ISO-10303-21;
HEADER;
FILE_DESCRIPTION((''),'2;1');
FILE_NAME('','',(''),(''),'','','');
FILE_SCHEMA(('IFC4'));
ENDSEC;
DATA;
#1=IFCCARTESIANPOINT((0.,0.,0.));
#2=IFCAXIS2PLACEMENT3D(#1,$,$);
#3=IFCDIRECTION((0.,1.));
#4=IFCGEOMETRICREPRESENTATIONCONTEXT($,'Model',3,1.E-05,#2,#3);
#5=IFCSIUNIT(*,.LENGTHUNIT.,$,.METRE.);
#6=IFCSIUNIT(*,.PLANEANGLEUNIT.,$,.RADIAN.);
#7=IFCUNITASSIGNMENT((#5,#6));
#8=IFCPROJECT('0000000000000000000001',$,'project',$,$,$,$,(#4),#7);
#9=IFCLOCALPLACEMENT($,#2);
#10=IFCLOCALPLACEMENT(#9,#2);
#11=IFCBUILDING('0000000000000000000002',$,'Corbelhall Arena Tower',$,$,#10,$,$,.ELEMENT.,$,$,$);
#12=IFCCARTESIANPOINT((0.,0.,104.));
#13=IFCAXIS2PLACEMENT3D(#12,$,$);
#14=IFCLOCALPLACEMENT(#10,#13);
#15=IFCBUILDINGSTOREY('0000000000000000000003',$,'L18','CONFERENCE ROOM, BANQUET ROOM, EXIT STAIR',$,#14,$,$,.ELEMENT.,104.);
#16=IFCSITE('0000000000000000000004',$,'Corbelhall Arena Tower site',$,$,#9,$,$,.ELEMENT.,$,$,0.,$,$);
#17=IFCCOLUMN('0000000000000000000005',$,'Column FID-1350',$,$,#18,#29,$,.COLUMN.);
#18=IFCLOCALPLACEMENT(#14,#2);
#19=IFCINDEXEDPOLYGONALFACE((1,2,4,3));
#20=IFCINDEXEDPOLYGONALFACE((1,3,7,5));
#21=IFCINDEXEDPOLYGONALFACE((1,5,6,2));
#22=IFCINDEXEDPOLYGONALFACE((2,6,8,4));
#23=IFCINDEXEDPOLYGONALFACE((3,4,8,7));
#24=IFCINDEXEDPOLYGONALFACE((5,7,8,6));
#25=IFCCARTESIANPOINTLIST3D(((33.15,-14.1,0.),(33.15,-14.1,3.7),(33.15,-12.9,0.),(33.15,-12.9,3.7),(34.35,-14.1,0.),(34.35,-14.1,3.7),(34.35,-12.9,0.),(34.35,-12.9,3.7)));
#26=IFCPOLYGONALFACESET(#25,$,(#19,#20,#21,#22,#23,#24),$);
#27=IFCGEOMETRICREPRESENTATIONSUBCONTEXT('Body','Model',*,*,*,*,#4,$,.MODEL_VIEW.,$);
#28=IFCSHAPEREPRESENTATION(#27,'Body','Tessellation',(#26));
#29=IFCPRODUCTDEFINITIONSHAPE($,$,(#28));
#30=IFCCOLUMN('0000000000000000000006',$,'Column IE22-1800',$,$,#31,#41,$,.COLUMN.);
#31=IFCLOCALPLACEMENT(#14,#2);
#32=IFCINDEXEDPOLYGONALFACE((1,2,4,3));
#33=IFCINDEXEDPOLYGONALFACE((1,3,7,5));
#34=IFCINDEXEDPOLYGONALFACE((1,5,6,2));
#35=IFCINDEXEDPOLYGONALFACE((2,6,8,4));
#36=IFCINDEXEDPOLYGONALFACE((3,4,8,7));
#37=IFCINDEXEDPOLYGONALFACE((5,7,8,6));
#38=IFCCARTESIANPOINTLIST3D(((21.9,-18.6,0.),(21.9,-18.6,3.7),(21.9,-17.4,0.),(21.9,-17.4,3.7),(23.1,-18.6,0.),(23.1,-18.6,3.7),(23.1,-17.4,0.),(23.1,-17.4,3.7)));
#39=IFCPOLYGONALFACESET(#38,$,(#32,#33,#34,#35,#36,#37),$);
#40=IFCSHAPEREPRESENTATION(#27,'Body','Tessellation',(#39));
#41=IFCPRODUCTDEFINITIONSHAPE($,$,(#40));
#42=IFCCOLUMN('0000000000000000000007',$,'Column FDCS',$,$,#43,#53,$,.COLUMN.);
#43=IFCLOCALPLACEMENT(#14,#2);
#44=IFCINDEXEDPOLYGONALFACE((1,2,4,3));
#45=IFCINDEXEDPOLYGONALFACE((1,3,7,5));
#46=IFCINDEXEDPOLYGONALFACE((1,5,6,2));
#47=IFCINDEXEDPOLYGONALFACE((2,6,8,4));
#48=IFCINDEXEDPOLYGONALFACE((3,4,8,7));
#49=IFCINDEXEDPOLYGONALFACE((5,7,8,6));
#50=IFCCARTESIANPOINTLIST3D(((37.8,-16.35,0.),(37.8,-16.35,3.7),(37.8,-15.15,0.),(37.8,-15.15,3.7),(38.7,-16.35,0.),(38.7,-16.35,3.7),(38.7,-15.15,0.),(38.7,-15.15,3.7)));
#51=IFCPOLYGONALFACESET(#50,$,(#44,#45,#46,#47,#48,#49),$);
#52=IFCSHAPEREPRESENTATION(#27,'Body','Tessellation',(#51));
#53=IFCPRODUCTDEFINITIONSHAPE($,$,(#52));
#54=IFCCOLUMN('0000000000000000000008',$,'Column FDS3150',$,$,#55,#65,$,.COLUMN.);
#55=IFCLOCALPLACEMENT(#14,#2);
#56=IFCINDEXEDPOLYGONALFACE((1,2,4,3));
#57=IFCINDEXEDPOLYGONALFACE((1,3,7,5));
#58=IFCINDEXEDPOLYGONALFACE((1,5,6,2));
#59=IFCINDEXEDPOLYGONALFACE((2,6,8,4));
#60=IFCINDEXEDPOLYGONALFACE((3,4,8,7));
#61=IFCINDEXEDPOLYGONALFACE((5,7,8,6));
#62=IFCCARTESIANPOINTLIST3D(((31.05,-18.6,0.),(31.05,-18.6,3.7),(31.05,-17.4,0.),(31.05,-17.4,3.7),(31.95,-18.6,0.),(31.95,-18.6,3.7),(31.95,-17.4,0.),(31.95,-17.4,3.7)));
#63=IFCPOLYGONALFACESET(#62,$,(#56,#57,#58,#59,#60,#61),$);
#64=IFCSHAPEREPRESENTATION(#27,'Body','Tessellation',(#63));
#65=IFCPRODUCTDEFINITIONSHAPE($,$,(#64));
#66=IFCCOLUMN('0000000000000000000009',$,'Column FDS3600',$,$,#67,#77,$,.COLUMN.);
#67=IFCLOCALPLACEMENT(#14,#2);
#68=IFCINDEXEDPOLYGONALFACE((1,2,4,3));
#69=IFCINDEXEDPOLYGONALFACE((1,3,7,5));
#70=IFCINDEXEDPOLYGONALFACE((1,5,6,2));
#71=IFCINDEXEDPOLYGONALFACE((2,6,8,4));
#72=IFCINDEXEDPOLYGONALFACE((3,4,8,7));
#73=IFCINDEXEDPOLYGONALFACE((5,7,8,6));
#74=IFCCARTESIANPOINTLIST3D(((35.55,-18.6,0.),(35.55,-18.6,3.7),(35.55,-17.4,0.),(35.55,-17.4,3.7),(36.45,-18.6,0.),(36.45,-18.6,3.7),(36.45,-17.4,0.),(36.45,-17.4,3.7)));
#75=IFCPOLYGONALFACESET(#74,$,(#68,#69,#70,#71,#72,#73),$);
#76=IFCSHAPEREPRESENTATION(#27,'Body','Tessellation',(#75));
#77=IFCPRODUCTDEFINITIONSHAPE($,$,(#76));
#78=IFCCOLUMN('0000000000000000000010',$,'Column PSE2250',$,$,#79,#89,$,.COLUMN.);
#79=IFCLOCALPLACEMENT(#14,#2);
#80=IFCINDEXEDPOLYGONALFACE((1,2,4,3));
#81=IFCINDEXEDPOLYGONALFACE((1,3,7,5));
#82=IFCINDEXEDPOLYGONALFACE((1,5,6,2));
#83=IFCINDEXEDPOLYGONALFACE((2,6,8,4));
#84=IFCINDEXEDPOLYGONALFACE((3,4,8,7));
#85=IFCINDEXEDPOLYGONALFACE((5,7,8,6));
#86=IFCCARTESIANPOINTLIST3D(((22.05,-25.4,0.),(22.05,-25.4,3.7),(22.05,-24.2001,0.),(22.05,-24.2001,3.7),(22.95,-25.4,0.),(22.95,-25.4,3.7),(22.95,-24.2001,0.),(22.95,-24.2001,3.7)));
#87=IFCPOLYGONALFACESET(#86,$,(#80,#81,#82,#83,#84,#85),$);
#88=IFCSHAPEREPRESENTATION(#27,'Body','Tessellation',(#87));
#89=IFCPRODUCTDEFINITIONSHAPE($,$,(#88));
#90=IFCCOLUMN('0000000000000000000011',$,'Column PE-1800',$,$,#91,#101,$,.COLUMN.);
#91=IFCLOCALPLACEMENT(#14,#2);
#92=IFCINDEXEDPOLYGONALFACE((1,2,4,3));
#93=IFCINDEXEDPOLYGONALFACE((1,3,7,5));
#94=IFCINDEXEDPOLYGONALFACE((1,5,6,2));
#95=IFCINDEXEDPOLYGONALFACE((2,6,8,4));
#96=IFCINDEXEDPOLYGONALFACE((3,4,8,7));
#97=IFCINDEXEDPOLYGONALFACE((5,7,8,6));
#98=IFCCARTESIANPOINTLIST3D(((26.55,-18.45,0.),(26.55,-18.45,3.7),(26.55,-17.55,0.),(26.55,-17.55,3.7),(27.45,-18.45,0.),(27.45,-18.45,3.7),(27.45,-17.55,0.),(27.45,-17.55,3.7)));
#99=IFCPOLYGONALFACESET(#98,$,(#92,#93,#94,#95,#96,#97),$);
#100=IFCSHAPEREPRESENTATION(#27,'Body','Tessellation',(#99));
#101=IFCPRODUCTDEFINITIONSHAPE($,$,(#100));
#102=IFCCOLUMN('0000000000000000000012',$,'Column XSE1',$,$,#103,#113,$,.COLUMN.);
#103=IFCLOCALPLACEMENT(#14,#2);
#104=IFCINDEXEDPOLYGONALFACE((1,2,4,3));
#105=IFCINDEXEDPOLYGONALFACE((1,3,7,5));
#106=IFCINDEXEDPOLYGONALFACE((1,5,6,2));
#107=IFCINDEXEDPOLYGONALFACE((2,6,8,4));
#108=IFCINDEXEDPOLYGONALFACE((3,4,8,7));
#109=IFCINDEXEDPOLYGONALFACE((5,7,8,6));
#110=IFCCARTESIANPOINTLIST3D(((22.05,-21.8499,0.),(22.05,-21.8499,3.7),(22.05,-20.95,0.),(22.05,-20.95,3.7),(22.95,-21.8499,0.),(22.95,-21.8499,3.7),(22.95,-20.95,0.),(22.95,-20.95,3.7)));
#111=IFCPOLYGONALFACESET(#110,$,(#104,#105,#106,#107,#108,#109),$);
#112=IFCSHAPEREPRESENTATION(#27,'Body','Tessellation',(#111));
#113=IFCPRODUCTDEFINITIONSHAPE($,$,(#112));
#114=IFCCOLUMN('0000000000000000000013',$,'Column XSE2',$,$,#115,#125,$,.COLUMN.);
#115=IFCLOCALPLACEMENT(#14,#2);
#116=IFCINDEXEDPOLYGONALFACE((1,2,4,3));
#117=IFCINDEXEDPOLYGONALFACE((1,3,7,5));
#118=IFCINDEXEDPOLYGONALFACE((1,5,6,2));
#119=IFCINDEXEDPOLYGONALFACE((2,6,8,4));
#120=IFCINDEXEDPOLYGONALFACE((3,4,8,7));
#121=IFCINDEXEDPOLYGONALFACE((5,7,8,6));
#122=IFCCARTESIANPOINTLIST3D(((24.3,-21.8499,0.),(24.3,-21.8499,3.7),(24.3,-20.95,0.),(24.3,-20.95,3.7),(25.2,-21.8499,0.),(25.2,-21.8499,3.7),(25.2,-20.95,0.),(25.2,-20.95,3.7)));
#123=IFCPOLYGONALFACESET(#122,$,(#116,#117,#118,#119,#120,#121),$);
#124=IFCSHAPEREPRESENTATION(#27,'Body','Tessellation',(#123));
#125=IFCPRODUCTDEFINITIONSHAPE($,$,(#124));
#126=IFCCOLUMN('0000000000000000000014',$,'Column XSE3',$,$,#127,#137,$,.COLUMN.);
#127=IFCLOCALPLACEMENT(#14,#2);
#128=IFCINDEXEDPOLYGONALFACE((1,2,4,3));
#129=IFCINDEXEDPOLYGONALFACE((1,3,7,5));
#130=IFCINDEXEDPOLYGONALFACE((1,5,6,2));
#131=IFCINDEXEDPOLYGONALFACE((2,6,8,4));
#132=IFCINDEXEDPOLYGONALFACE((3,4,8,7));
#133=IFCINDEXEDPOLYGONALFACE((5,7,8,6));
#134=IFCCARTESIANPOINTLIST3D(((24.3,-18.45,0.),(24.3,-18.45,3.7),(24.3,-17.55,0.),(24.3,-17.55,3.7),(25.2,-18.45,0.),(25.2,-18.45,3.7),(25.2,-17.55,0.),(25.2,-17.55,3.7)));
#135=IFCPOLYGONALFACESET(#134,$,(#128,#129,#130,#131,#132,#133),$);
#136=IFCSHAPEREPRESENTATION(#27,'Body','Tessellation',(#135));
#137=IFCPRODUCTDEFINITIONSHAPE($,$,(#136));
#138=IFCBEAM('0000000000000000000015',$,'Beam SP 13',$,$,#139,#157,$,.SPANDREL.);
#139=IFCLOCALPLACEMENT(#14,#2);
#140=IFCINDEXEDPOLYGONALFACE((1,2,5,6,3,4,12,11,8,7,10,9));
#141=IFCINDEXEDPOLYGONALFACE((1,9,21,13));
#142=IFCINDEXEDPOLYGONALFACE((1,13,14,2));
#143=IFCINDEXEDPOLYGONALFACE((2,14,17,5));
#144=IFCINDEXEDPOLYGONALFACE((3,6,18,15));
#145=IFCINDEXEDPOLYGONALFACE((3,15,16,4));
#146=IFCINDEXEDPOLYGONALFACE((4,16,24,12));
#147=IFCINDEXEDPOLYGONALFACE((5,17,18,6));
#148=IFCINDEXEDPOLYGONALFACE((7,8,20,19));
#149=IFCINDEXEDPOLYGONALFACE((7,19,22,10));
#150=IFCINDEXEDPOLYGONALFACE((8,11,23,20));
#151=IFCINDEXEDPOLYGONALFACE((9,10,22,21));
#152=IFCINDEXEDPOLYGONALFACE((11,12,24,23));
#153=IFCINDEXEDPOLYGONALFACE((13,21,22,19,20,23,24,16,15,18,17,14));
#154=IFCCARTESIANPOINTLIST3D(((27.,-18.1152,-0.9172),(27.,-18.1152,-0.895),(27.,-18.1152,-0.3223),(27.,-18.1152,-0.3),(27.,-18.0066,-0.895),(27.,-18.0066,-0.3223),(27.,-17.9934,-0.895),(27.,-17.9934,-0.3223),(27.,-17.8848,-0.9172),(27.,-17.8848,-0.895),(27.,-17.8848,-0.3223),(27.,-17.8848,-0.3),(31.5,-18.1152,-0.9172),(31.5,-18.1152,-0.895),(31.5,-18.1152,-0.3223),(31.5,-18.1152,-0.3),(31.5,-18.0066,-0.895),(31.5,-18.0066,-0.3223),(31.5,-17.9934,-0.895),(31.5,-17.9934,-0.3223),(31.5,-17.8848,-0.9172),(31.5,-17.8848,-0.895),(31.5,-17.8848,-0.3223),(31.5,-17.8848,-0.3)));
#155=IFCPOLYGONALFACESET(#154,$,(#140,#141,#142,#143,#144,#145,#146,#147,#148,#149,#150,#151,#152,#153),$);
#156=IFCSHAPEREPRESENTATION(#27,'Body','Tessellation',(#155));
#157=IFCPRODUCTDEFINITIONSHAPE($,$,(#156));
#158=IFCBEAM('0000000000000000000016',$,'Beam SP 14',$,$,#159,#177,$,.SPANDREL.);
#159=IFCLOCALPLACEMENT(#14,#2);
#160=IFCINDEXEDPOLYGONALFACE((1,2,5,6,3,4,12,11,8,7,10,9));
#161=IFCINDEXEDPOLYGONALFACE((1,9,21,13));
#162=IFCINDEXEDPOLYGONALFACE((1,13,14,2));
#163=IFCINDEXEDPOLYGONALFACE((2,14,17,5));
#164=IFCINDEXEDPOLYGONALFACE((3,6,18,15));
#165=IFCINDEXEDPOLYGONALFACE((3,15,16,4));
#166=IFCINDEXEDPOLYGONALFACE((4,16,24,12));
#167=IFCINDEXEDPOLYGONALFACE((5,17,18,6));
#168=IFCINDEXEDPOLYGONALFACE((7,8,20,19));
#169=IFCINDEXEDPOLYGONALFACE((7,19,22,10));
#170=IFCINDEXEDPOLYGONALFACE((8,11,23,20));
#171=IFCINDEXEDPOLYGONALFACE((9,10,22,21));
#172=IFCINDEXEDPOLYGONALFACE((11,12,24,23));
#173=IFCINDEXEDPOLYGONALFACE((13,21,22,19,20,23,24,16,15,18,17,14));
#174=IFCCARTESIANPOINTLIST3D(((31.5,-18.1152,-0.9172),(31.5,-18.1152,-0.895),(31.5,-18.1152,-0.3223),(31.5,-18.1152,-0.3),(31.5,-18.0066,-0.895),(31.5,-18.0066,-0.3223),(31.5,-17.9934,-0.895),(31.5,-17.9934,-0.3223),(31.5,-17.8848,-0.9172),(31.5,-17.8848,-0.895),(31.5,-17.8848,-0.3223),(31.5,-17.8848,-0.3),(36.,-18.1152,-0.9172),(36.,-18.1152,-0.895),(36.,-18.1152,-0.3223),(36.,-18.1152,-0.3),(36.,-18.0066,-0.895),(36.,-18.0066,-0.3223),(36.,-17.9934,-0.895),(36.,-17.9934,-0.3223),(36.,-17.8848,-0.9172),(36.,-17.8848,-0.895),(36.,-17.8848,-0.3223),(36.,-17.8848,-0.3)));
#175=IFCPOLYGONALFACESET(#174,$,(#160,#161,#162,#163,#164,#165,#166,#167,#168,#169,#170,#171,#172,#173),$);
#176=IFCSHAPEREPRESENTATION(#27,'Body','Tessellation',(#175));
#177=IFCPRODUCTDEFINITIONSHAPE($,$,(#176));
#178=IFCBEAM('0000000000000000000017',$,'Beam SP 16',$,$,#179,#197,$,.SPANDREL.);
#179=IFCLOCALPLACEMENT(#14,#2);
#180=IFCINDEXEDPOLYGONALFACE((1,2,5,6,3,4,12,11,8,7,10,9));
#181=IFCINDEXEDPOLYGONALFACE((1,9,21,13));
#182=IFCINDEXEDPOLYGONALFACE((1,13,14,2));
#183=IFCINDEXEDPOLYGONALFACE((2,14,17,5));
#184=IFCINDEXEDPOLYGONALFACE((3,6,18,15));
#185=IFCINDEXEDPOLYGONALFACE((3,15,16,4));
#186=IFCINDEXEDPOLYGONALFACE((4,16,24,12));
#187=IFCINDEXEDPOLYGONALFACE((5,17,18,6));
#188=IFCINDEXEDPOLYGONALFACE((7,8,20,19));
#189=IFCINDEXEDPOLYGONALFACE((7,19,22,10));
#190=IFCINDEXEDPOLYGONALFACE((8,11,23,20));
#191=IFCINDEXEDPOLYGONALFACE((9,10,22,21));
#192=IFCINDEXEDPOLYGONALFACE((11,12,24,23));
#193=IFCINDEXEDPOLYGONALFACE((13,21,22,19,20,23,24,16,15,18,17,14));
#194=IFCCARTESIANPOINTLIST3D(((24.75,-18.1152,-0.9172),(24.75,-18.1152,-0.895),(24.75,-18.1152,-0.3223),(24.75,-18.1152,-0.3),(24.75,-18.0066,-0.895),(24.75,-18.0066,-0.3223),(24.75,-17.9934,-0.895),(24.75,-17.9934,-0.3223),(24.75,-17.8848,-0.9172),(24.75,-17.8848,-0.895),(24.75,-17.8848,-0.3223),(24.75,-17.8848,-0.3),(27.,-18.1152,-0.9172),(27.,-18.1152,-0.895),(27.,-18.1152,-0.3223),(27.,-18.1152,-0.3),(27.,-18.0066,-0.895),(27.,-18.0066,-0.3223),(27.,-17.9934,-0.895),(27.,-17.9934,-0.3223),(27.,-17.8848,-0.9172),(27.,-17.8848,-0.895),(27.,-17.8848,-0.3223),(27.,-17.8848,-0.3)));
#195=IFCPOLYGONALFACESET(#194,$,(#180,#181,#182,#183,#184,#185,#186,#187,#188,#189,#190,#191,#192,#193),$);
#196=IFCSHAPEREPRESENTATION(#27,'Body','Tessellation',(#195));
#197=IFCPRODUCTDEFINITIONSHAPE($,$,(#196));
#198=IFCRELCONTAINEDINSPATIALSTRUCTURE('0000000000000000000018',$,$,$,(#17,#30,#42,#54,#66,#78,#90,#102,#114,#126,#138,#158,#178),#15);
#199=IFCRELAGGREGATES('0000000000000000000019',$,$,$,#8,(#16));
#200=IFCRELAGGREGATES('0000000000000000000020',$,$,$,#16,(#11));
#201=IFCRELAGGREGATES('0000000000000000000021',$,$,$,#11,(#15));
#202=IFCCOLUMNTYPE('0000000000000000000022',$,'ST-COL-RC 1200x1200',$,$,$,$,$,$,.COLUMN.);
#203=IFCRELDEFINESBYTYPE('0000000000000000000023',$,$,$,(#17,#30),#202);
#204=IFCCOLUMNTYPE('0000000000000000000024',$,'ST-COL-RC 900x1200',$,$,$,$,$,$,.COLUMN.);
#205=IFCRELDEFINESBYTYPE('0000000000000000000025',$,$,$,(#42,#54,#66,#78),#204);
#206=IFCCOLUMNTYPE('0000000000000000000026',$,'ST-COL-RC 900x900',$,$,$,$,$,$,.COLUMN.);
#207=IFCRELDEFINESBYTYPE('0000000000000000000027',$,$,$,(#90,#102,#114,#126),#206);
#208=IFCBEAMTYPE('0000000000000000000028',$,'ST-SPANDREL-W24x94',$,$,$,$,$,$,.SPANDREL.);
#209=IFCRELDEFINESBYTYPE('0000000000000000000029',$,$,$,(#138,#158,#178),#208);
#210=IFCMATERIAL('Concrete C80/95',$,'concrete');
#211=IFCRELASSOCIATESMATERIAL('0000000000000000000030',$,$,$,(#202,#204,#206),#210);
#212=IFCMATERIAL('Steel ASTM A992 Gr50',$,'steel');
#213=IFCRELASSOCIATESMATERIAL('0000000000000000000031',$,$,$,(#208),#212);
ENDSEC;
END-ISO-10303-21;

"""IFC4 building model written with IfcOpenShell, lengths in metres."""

from ifc_helpers import new_model, si_unit, direction, frame, origin, origin_2d, place, context, subcontext, project, spatial, rectangle, i_section, extrude, material, material_profile, profile_set, type_object, element, save


model = new_model("IFC4")

# Units and contexts
model_context = context("Model", 3, precision=1e-05, world=origin(), true_north=direction((0.0, 1.0)))
body_context = subcontext(model_context, "Body", "Model", "MODEL_VIEW")
ifc_project = project(units=[si_unit("LENGTHUNIT", "METRE"), si_unit("PLANEANGLEUNIT", "RADIAN")], contexts=[model_context])

# Site, building, storey
site_placement = place(None, origin())
site = spatial("IfcSite", under=ifc_project, at=site_placement, Name="Corbelhall Arena Tower site", CompositionType="ELEMENT", RefElevation=0.0)
building_placement = place(site_placement, origin())
building = spatial("IfcBuilding", under=site, at=building_placement, Name="Corbelhall Arena Tower", CompositionType="ELEMENT")
storey_placement = place(building_placement, frame((0.0, 0.0, 104.0)))
storey = spatial("IfcBuildingStorey", under=building, at=storey_placement, Name="L18", Description="CONFERENCE ROOM, BANQUET ROOM, EXIT STAIR", CompositionType="ELEMENT", Elevation=104.0)

# Columns
ifc_material_1 = material(Name="Concrete C80/95", Category="concrete")
ifc_material_profile_1 = material_profile(ifc_material_1, rectangle(XDim=1.2, YDim=1.2, at=origin_2d()))
ifc_profile_set_1 = profile_set([ifc_material_profile_1], Name="Concrete C80/95")
column_type_1 = type_object("IfcColumnType", Name="ST-COL-RC 1200x1200", PredefinedType="COLUMN", material=ifc_profile_set_1)
for number, where, z_axis, x_axis, name in (
    (1, (33.75, -13.5, 0.0), (0.0, 0.0, 1.0), (1.0, 0.0, 0.0), "Column FID-1350"),
    (2, (22.5, -18.0, 0.0), (0.0, 0.0, 1.0), (1.0, 0.0, 0.0), "Column IE22-1800"),
):
    element("IfcColumn", number, at=place(storey_placement, frame(where, z_axis=z_axis, x_axis=x_axis)), inside=storey, type_object=column_type_1, Name=name, PredefinedType="COLUMN", context=body_context, shape_type="SweptSolid", body=[
        extrude(rectangle(XDim=1.2, YDim=1.2, at=origin_2d()), origin(), (0.0, 0.0, 1.0), 3.7),
    ])
ifc_material_profile_2 = material_profile(ifc_material_1, rectangle(XDim=0.8999, YDim=1.2, at=origin_2d()))
ifc_profile_set_2 = profile_set([ifc_material_profile_2], Name="Concrete C80/95")
column_type_2 = type_object("IfcColumnType", Name="ST-COL-RC 900x1200", PredefinedType="COLUMN", material=ifc_profile_set_2)
for number, where, z_axis, x_axis, name in (
    (3, (38.25, -15.75, 0.0), (0.0, 0.0, 1.0), (1.0, 0.0, 0.0), "Column FDCS"),
    (4, (31.5, -18.0, 0.0), (0.0, 0.0, 1.0), (1.0, 0.0, 0.0), "Column FDS3150"),
    (5, (36.0, -18.0, 0.0), (0.0, 0.0, 1.0), (1.0, 0.0, 0.0), "Column FDS3600"),
    (6, (22.5, -24.8, 0.0), (0.0, 0.0, 1.0), (1.0, 0.0, 0.0), "Column PSE2250"),
):
    element("IfcColumn", number, at=place(storey_placement, frame(where, z_axis=z_axis, x_axis=x_axis)), inside=storey, type_object=column_type_2, Name=name, PredefinedType="COLUMN", context=body_context, shape_type="SweptSolid", body=[
        extrude(rectangle(XDim=0.8999, YDim=1.2, at=origin_2d()), origin(), (0.0, 0.0, 1.0), 3.7),
    ])
ifc_material_profile_3 = material_profile(ifc_material_1, rectangle(XDim=0.8999, YDim=0.8999, at=origin_2d()))
ifc_profile_set_3 = profile_set([ifc_material_profile_3], Name="Concrete C80/95")
column_type_3 = type_object("IfcColumnType", Name="ST-COL-RC 900x900", PredefinedType="COLUMN", material=ifc_profile_set_3)
for number, where, z_axis, x_axis, name in (
    (7, (27.0, -18.0, 0.0), (0.0, 0.0, 1.0), (1.0, 0.0, 0.0), "Column PE-1800"),
    (8, (22.5, -21.3999, 0.0), (0.0, 0.0, 1.0), (1.0, 0.0, 0.0), "Column XSE1"),
    (9, (24.75, -21.3999, 0.0), (0.0, 0.0, 1.0), (1.0, 0.0, 0.0), "Column XSE2"),
    (10, (24.75, -18.0, 0.0), (0.0, 0.0, 1.0), (1.0, 0.0, 0.0), "Column XSE3"),
):
    element("IfcColumn", number, at=place(storey_placement, frame(where, z_axis=z_axis, x_axis=x_axis)), inside=storey, type_object=column_type_3, Name=name, PredefinedType="COLUMN", context=body_context, shape_type="SweptSolid", body=[
        extrude(rectangle(XDim=0.8999, YDim=0.8999, at=origin_2d()), origin(), (0.0, 0.0, 1.0), 3.7),
    ])

# Beams
ifc_material_2 = material(Name="Steel ASTM A992 Gr50", Category="steel")
ifc_material_profile_4 = material_profile(ifc_material_2, i_section(OverallWidth=0.2305, OverallDepth=0.6172, WebThickness=0.0132, FlangeThickness=0.0222, at=origin_2d()))
ifc_profile_set_4 = profile_set([ifc_material_profile_4], Name="Steel ASTM A992 Gr50")
beam_type = type_object("IfcBeamType", Name="ST-SPANDREL-W24x94", PredefinedType="SPANDREL", material=ifc_profile_set_4)
for number, where, z_axis, x_axis, name in (
    (11, (31.5, -18.0, -0.6086), (-1.0, 0.0, 0.0), (0.0, -1.0, 0.0), "Beam SP 13"),
    (12, (36.0, -18.0, -0.6086), (-1.0, 0.0, 0.0), (0.0, -1.0, 0.0), "Beam SP 14"),
):
    element("IfcBeam", number, at=place(storey_placement, frame(where, z_axis=z_axis, x_axis=x_axis)), inside=storey, type_object=beam_type, Name=name, PredefinedType="SPANDREL", context=body_context, shape_type="SweptSolid", body=[
        extrude(i_section(OverallWidth=0.2305, OverallDepth=0.6172, WebThickness=0.0132, FlangeThickness=0.0222, at=origin_2d()), origin(), (0.0, 0.0, 1.0), 4.5),
    ])
beam_1_placement = place(storey_placement, frame((27.0, -18.0, -0.6086), z_axis=(-1.0, 0.0, 0.0), x_axis=(0.0, -1.0, 0.0)))
element("IfcBeam", 13, at=beam_1_placement, inside=storey, type_object=beam_type, Name="Beam SP 16", PredefinedType="SPANDREL", context=body_context, shape_type="SweptSolid", body=[
    extrude(i_section(OverallWidth=0.2305, OverallDepth=0.6172, WebThickness=0.0132, FlangeThickness=0.0222, at=origin_2d()), origin(), (0.0, 0.0, 1.0), 2.25),
])

save(model, "model.ifc")
